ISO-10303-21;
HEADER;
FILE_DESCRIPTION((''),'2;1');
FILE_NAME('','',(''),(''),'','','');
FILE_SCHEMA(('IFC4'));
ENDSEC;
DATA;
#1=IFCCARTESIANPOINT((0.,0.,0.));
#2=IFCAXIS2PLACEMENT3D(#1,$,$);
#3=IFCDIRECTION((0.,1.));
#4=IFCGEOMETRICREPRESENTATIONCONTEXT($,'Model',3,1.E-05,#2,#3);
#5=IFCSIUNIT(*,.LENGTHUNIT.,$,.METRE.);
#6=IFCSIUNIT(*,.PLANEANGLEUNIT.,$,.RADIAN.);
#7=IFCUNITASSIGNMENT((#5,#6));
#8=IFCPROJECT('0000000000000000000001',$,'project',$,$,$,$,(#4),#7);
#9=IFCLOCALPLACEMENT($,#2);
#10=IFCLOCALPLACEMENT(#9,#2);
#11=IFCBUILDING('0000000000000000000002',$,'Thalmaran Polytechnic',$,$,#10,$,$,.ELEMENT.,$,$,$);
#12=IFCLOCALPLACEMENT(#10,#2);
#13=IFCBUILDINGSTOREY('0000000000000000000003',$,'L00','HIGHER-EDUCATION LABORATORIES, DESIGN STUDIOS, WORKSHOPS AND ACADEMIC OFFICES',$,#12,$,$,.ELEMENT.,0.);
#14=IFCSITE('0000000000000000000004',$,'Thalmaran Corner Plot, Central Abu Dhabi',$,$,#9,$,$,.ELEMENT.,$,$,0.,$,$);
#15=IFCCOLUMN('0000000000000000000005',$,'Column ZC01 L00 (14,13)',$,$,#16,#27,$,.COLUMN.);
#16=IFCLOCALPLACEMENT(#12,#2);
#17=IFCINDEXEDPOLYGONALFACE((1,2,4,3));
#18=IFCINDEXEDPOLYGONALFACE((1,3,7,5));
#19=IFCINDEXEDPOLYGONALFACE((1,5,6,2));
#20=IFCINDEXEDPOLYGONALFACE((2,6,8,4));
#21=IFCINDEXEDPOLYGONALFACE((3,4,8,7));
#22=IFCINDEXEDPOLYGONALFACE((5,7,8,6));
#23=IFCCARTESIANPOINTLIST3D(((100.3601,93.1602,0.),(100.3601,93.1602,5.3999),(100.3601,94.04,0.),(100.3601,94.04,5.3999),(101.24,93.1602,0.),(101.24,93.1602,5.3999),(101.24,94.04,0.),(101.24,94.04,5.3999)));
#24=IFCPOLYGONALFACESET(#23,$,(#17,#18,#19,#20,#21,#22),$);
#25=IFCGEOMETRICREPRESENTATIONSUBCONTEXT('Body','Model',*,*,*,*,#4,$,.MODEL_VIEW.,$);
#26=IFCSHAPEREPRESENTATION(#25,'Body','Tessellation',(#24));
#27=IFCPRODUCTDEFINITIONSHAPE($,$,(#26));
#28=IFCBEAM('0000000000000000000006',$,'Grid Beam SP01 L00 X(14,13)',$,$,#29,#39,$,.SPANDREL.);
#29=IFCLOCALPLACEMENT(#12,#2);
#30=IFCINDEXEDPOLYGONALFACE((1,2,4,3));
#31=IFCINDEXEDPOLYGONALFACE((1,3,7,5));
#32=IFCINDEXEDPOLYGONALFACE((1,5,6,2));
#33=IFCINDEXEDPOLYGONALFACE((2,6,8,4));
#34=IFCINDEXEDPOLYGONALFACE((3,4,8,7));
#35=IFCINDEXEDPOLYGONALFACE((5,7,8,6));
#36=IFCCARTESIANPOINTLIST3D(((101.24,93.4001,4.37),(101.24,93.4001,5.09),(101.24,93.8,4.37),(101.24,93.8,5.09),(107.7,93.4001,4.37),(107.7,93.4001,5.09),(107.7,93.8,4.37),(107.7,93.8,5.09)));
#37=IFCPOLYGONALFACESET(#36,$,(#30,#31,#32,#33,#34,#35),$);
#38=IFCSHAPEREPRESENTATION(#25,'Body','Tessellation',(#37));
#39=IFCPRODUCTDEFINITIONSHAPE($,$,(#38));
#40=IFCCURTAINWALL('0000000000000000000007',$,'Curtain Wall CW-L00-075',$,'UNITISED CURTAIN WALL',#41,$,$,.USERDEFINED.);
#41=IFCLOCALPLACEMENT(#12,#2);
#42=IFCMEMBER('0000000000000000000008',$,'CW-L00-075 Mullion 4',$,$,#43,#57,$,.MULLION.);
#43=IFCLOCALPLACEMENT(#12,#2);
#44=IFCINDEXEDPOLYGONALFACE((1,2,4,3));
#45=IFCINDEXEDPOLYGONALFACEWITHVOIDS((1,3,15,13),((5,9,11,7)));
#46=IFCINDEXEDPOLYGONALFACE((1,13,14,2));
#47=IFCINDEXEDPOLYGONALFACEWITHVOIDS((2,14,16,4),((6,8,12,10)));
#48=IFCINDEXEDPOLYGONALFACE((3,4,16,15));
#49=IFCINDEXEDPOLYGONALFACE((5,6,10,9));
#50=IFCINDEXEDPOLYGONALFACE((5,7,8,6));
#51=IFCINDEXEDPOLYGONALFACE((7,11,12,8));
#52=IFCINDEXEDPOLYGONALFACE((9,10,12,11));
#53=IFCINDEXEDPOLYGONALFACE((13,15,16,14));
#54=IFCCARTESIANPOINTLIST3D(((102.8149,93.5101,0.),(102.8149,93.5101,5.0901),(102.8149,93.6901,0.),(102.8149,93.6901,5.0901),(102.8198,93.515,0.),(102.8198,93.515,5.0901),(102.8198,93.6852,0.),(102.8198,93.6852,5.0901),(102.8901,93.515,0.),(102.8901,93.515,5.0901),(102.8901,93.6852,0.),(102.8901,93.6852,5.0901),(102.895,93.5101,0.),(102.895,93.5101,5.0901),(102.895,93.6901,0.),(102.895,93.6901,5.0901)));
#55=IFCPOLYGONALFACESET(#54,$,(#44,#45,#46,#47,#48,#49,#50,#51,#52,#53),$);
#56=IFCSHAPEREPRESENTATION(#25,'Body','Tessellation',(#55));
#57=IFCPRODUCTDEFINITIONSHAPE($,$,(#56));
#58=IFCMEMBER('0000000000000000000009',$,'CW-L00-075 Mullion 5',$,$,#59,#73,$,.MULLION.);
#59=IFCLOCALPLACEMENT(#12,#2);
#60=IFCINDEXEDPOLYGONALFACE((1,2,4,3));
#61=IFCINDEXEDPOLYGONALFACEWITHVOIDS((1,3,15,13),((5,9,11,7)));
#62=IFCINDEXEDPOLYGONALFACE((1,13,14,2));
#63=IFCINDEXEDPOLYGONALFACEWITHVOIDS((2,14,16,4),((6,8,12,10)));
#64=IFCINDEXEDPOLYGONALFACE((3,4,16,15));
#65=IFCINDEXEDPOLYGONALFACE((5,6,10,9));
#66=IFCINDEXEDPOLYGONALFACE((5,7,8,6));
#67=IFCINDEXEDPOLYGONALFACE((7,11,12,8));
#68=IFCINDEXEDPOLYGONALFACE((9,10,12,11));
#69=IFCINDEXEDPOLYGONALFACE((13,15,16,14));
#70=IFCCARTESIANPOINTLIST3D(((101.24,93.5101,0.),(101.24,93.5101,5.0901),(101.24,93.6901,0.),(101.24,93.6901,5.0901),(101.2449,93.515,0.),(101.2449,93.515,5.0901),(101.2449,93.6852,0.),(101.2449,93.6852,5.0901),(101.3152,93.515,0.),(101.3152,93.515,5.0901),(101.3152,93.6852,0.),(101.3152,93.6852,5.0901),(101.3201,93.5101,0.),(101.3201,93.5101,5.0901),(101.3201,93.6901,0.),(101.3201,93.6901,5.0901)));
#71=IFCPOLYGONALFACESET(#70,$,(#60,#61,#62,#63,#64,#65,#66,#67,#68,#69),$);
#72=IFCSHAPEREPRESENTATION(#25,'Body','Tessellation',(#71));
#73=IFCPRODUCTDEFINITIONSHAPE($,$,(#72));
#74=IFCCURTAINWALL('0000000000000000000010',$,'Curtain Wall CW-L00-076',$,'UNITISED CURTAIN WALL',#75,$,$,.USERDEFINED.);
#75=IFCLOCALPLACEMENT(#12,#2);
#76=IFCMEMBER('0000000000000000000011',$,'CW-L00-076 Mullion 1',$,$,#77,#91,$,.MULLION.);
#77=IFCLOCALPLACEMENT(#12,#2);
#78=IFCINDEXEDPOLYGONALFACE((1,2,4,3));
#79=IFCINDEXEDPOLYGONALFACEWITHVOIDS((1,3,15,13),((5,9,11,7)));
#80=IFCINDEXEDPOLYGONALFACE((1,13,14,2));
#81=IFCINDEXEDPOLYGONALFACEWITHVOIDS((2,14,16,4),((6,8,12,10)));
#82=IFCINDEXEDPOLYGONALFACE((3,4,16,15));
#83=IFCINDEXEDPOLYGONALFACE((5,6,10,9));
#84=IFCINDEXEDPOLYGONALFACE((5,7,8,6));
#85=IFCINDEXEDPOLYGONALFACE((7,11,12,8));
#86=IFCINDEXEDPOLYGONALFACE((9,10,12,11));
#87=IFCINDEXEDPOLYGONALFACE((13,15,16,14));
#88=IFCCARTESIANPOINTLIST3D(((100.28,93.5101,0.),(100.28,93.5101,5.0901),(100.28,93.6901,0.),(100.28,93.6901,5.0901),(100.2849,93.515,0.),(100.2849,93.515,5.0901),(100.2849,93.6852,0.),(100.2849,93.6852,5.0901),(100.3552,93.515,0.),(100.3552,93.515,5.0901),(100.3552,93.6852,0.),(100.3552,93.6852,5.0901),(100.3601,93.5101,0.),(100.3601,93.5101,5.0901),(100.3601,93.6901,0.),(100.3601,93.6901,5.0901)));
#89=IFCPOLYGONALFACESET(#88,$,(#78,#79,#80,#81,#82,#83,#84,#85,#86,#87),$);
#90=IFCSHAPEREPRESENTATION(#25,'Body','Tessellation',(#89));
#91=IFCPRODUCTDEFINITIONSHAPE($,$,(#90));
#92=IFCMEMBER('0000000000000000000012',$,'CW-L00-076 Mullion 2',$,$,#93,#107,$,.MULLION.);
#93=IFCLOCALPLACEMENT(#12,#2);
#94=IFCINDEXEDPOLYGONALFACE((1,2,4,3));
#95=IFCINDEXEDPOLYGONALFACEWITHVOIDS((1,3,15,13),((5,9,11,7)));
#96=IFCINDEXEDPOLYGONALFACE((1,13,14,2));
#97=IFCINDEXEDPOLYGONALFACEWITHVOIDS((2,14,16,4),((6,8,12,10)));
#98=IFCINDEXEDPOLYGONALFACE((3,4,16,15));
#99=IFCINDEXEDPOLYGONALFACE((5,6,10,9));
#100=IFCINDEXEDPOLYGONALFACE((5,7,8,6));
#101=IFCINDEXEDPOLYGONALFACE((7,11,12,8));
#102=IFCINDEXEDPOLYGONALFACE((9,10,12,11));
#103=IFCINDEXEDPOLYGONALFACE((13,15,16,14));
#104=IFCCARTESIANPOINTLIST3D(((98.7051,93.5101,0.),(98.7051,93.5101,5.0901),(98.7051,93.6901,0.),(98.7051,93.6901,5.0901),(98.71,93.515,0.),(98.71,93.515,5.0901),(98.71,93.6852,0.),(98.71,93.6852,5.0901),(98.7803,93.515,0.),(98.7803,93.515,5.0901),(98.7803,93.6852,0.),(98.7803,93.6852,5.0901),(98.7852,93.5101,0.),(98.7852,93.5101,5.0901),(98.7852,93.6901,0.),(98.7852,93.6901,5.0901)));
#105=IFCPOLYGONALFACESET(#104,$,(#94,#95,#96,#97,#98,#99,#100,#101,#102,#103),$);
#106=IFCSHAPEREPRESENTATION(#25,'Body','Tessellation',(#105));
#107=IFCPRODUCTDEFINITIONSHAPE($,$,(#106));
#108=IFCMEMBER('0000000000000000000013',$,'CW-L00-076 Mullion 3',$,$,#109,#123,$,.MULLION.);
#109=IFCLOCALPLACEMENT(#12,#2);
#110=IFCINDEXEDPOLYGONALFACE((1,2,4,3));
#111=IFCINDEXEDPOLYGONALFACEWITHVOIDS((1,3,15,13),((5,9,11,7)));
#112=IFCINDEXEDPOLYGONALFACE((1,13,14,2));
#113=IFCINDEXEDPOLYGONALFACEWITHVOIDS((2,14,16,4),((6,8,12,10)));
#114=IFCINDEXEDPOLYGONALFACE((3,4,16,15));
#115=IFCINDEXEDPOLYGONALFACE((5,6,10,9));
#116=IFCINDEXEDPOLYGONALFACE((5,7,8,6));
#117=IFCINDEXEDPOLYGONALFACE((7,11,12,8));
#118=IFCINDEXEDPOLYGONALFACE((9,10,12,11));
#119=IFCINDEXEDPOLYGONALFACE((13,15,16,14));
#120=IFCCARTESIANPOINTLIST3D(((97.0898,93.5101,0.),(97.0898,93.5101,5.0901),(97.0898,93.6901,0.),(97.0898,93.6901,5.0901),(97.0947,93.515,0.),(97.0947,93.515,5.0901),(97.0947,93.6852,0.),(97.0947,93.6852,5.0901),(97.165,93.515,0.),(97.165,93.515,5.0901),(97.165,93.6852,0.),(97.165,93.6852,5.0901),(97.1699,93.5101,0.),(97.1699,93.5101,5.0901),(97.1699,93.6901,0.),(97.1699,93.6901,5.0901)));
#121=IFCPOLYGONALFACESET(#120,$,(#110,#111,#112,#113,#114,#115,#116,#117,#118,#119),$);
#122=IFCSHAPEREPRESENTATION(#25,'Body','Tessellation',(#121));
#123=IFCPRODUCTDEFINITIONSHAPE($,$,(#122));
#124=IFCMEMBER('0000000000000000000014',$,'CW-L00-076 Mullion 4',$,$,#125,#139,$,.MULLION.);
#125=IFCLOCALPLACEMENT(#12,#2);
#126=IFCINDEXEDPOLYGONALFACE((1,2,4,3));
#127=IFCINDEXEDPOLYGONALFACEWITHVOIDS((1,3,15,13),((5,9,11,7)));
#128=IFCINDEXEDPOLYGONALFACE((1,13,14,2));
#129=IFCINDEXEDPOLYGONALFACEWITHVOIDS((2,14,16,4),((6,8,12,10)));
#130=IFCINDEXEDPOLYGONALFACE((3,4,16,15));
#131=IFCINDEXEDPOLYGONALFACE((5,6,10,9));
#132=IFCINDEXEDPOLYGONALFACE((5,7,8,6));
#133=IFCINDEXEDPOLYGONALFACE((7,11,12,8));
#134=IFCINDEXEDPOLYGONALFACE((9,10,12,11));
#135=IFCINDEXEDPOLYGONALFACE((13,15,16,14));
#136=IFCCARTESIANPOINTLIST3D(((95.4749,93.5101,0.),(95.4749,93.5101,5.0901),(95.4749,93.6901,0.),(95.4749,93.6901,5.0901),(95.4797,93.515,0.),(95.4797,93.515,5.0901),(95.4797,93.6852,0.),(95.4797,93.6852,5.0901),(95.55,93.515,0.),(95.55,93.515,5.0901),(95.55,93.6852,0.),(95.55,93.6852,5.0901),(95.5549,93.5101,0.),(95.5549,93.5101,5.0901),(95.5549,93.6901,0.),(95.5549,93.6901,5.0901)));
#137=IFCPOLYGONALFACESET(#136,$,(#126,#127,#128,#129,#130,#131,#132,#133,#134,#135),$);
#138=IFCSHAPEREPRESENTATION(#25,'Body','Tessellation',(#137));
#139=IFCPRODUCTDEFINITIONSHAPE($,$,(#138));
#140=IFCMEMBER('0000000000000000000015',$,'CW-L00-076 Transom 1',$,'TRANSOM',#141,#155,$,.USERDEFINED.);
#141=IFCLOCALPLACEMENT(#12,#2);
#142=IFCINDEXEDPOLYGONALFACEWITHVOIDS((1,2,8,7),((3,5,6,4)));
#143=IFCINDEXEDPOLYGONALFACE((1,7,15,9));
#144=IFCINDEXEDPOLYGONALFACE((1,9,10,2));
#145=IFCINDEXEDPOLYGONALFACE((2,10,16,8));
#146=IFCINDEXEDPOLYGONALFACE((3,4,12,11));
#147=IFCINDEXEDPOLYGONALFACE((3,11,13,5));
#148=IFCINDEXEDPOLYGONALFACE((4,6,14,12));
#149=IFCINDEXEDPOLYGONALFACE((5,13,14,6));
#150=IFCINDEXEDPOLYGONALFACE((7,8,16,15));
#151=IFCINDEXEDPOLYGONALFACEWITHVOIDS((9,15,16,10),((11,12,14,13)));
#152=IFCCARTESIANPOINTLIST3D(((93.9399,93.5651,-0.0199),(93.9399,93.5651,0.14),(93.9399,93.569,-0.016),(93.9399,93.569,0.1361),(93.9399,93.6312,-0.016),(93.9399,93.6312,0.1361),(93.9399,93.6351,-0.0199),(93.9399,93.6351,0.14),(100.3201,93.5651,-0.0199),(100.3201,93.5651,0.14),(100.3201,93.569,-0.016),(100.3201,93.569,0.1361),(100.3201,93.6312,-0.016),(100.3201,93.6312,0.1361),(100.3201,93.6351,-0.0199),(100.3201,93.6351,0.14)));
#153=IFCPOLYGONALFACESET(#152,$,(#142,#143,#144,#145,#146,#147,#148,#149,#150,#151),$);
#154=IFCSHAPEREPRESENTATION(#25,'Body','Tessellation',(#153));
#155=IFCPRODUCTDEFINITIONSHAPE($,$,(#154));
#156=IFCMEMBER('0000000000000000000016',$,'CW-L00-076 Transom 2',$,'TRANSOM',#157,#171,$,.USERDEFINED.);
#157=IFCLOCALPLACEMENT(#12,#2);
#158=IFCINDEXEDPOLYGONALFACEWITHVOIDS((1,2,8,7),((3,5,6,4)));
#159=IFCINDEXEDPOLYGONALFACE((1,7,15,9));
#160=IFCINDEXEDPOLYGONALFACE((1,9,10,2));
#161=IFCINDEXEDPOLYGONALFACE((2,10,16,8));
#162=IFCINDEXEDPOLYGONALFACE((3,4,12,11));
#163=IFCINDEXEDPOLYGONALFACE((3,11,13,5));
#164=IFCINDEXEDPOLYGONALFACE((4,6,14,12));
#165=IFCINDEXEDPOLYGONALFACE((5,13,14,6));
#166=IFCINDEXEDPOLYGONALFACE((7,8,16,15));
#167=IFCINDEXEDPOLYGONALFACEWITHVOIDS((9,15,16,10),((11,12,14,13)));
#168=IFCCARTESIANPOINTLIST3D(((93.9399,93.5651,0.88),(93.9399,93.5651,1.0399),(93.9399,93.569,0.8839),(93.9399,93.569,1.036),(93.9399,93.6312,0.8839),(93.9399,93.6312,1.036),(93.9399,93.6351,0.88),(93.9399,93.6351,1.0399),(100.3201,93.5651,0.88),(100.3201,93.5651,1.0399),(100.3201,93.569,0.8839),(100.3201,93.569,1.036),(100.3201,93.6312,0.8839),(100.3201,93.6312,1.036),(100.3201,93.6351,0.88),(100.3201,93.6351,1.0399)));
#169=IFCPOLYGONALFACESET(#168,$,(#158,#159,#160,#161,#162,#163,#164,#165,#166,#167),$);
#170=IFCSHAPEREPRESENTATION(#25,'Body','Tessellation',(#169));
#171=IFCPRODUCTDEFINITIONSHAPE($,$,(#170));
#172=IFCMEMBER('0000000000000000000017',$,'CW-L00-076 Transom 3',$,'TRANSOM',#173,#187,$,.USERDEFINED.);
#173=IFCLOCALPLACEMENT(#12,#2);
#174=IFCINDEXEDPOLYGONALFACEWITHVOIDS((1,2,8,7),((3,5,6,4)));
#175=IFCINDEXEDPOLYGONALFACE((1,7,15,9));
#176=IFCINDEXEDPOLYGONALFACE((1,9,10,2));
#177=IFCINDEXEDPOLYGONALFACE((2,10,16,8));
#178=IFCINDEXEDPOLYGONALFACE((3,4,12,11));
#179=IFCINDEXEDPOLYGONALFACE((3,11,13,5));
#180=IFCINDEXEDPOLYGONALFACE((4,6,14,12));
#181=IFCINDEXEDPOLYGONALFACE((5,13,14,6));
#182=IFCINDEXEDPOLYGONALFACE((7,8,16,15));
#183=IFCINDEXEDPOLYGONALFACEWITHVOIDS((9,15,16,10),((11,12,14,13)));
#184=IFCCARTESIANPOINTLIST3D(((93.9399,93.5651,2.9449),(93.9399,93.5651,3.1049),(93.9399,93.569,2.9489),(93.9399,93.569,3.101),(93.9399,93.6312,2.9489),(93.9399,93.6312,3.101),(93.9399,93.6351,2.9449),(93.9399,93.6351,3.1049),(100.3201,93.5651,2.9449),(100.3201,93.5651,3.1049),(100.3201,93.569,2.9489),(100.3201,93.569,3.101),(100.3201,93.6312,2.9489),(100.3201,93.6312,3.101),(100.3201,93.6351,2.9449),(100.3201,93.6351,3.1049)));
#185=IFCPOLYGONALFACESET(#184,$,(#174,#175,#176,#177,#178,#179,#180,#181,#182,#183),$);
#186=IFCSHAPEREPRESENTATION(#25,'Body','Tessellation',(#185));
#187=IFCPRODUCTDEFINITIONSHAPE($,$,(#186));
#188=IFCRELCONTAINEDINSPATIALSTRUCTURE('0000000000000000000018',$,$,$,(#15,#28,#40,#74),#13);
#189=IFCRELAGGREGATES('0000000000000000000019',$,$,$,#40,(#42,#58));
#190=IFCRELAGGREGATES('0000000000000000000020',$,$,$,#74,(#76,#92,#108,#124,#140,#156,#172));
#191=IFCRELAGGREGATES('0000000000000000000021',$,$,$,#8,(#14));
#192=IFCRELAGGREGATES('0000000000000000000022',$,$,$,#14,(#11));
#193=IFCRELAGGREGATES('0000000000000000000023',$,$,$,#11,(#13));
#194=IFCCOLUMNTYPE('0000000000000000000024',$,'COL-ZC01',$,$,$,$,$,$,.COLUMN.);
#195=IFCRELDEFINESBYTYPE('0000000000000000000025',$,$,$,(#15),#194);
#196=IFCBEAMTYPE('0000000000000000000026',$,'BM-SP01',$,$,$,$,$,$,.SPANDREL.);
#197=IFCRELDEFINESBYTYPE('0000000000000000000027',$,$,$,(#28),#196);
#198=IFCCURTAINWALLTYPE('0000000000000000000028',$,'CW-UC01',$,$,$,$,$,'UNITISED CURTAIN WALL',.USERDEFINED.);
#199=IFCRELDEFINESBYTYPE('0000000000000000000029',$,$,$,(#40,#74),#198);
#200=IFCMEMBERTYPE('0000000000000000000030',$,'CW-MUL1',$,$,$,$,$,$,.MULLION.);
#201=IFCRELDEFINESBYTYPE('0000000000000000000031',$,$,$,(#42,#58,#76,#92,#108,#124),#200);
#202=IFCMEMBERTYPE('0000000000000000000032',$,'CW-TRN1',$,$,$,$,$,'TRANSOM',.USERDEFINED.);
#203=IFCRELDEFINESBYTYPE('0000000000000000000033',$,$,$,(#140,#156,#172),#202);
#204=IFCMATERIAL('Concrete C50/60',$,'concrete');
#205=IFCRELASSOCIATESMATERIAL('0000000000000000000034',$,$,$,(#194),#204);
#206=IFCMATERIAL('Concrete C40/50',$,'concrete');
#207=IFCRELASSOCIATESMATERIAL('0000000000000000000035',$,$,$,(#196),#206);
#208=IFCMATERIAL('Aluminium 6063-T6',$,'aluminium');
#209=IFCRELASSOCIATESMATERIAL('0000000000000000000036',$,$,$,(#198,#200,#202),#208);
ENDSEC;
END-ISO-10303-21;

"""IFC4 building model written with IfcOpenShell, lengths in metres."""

from ifc_helpers import new_model, si_unit, direction, frame, origin, origin_2d, place, context, subcontext, project, spatial, rectangle, hollow_rectangle, extrude, material, material_profile, profile_set, type_object, element, aggregate, save


model = new_model("IFC4")

# Units and contexts
model_context = context("Model", 3, precision=1e-05, world=origin(), true_north=direction((0.0, 1.0)))
body_context = subcontext(model_context, "Body", "Model", "MODEL_VIEW")
ifc_project = project(units=[si_unit("LENGTHUNIT", "METRE"), si_unit("PLANEANGLEUNIT", "RADIAN")], contexts=[model_context])

# Site, building, storey
site_placement = place(None, origin())
site = spatial("IfcSite", under=ifc_project, at=site_placement, Name="Thalmaran Corner Plot, Central Abu Dhabi", CompositionType="ELEMENT", RefElevation=0.0)
building_placement = place(site_placement, origin())
building = spatial("IfcBuilding", under=site, at=building_placement, Name="Thalmaran Polytechnic", CompositionType="ELEMENT")
storey_placement = place(building_placement, origin())
storey = spatial("IfcBuildingStorey", under=building, at=storey_placement, Name="L00", Description="HIGHER-EDUCATION LABORATORIES, DESIGN STUDIOS, WORKSHOPS AND ACADEMIC OFFICES", CompositionType="ELEMENT", Elevation=0.0)

# Column
ifc_material_1 = material(Name="Concrete C50/60", Category="concrete")
ifc_material_profile_1 = material_profile(ifc_material_1, rectangle(XDim=0.8799, YDim=0.8799, at=origin_2d()), Name="RC 880x880")
ifc_profile_set_1 = profile_set([ifc_material_profile_1], Name="Concrete C50/60")
column_type = type_object("IfcColumnType", Name="COL-ZC01", PredefinedType="COLUMN", material=ifc_profile_set_1)
column_placement = place(storey_placement, frame((100.8, 93.6001, 0.0), z_axis=(0.0, 0.0, 1.0), x_axis=(1.0, 0.0, 0.0)))
element("IfcColumn", 1, at=column_placement, inside=storey, type_object=column_type, Name="Column ZC01 L00 (14,13)", PredefinedType="COLUMN", context=body_context, shape_type="SweptSolid", body=[
    extrude(rectangle(XDim=0.8799, YDim=0.8799, at=origin_2d()), origin(), (0.0, 0.0, 1.0), 5.3999),
])

# Beam
ifc_material_2 = material(Name="Concrete C40/50", Category="concrete")
ifc_material_profile_2 = material_profile(ifc_material_2, rectangle(XDim=0.3999, YDim=0.72, at=origin_2d()), Name="RC 400x720")
ifc_profile_set_2 = profile_set([ifc_material_profile_2], Name="Concrete C40/50")
beam_type = type_object("IfcBeamType", Name="BM-SP01", PredefinedType="SPANDREL", material=ifc_profile_set_2)
beam_placement = place(storey_placement, frame((101.24, 93.6001, 4.73), z_axis=(1.0, 0.0, 0.0), x_axis=(0.0, 1.0, 0.0)))
element("IfcBeam", 2, at=beam_placement, inside=storey, type_object=beam_type, Name="Grid Beam SP01 L00 X(14,13)", PredefinedType="SPANDREL", context=body_context, shape_type="SweptSolid", body=[
    extrude(rectangle(XDim=0.3999, YDim=0.72, at=origin_2d()), origin(), (0.0, 0.0, 1.0), 6.46),
])

# Curtain walls, members
ifc_material_3 = material(Name="Aluminium 6063-T6", Category="aluminium")
curtain_wall_type = type_object("IfcCurtainWallType", Name="CW-UC01", ElementType="UNITISED CURTAIN WALL", PredefinedType="USERDEFINED", material=ifc_material_3)
curtain_wall_1_placement = place(storey_placement, origin())
curtain_wall_1 = element("IfcCurtainWall", 3, at=curtain_wall_1_placement, inside=storey, type_object=curtain_wall_type, Name="Curtain Wall CW-L00-075", ObjectType="UNITISED CURTAIN WALL", PredefinedType="USERDEFINED")
ifc_material_profile_3 = material_profile(ifc_material_3, hollow_rectangle(XDim=0.0801, YDim=0.1799, WallThickness=0.0049, at=origin_2d()), Name="RHS 180x80x5.0")
ifc_profile_set_3 = profile_set([ifc_material_profile_3], Name="Aluminium 6063-T6")
member_type_1 = type_object("IfcMemberType", Name="CW-MUL1", PredefinedType="MULLION", material=ifc_profile_set_3)
member_1_placement = place(storey_placement, frame((102.855, 93.6001, 0.0), z_axis=(0.0, 0.0, 1.0), x_axis=(1.0, 0.0, 0.0)))
member_1 = element("IfcMember", 4, at=member_1_placement, type_object=member_type_1, Name="CW-L00-075 Mullion 4", PredefinedType="MULLION", context=body_context, shape_type="SweptSolid", body=[
    extrude(hollow_rectangle(XDim=0.0801, YDim=0.1799, WallThickness=0.0049, at=origin_2d()), origin(), (0.0, 0.0, 1.0), 5.0901),
])
member_2_placement = place(storey_placement, frame((101.28, 93.6001, 0.0), z_axis=(0.0, 0.0, 1.0), x_axis=(1.0, 0.0, 0.0)))
member_2 = element("IfcMember", 5, at=member_2_placement, type_object=member_type_1, Name="CW-L00-075 Mullion 5", PredefinedType="MULLION", context=body_context, shape_type="SweptSolid", body=[
    extrude(hollow_rectangle(XDim=0.0801, YDim=0.1799, WallThickness=0.0049, at=origin_2d()), origin(), (0.0, 0.0, 1.0), 5.0901),
])
curtain_wall_2_placement = place(storey_placement, origin())
curtain_wall_2 = element("IfcCurtainWall", 6, at=curtain_wall_2_placement, inside=storey, type_object=curtain_wall_type, Name="Curtain Wall CW-L00-076", ObjectType="UNITISED CURTAIN WALL", PredefinedType="USERDEFINED")
member_3_placement = place(storey_placement, frame((100.3201, 93.6001, 0.0), z_axis=(0.0, 0.0, 1.0), x_axis=(1.0, 0.0, 0.0)))
member_3 = element("IfcMember", 7, at=member_3_placement, type_object=member_type_1, Name="CW-L00-076 Mullion 1", PredefinedType="MULLION", context=body_context, shape_type="SweptSolid", body=[
    extrude(hollow_rectangle(XDim=0.0801, YDim=0.1799, WallThickness=0.0049, at=origin_2d()), origin(), (0.0, 0.0, 1.0), 5.0901),
])
member_4_placement = place(storey_placement, frame((98.7451, 93.6001, 0.0), z_axis=(0.0, 0.0, 1.0), x_axis=(1.0, 0.0, 0.0)))
member_4 = element("IfcMember", 8, at=member_4_placement, type_object=member_type_1, Name="CW-L00-076 Mullion 2", PredefinedType="MULLION", context=body_context, shape_type="SweptSolid", body=[
    extrude(hollow_rectangle(XDim=0.0801, YDim=0.1799, WallThickness=0.0049, at=origin_2d()), origin(), (0.0, 0.0, 1.0), 5.0901),
])
member_5_placement = place(storey_placement, frame((97.1299, 93.6001, 0.0), z_axis=(0.0, 0.0, 1.0), x_axis=(1.0, 0.0, 0.0)))
member_5 = element("IfcMember", 9, at=member_5_placement, type_object=member_type_1, Name="CW-L00-076 Mullion 3", PredefinedType="MULLION", context=body_context, shape_type="SweptSolid", body=[
    extrude(hollow_rectangle(XDim=0.0801, YDim=0.1799, WallThickness=0.0049, at=origin_2d()), origin(), (0.0, 0.0, 1.0), 5.0901),
])
member_6_placement = place(storey_placement, frame((95.5149, 93.6001, 0.0), z_axis=(0.0, 0.0, 1.0), x_axis=(1.0, 0.0, 0.0)))
member_6 = element("IfcMember", 10, at=member_6_placement, type_object=member_type_1, Name="CW-L00-076 Mullion 4", PredefinedType="MULLION", context=body_context, shape_type="SweptSolid", body=[
    extrude(hollow_rectangle(XDim=0.0801, YDim=0.1799, WallThickness=0.0049, at=origin_2d()), origin(), (0.0, 0.0, 1.0), 5.0901),
])
ifc_material_profile_4 = material_profile(ifc_material_3, hollow_rectangle(XDim=0.0701, YDim=0.1599, WallThickness=0.0039, at=origin_2d()), Name="AL 160x70x4.0")
ifc_profile_set_4 = profile_set([ifc_material_profile_4], Name="Aluminium 6063-T6")
member_type_2 = type_object("IfcMemberType", Name="CW-TRN1", ElementType="TRANSOM", PredefinedType="USERDEFINED", material=ifc_profile_set_4)
member_7_placement = place(storey_placement, frame((100.3201, 93.6001, 0.0601), z_axis=(-1.0, 0.0, 0.0), x_axis=(0.0, -1.0, 0.0)))
member_7 = element("IfcMember", 11, at=member_7_placement, type_object=member_type_2, Name="CW-L00-076 Transom 1", ObjectType="TRANSOM", PredefinedType="USERDEFINED", context=body_context, shape_type="SweptSolid", body=[
    extrude(hollow_rectangle(XDim=0.0701, YDim=0.1599, WallThickness=0.0039, at=origin_2d()), origin(), (0.0, 0.0, 1.0), 6.3801),
])
member_8_placement = place(storey_placement, frame((100.3201, 93.6001, 0.96), z_axis=(-1.0, 0.0, 0.0), x_axis=(0.0, -1.0, 0.0)))
member_8 = element("IfcMember", 12, at=member_8_placement, type_object=member_type_2, Name="CW-L00-076 Transom 2", ObjectType="TRANSOM", PredefinedType="USERDEFINED", context=body_context, shape_type="SweptSolid", body=[
    extrude(hollow_rectangle(XDim=0.0701, YDim=0.1599, WallThickness=0.0039, at=origin_2d()), origin(), (0.0, 0.0, 1.0), 6.3801),
])
member_9_placement = place(storey_placement, frame((100.3201, 93.6001, 3.0249), z_axis=(-1.0, 0.0, 0.0), x_axis=(0.0, -1.0, 0.0)))
member_9 = element("IfcMember", 13, at=member_9_placement, type_object=member_type_2, Name="CW-L00-076 Transom 3", ObjectType="TRANSOM", PredefinedType="USERDEFINED", context=body_context, shape_type="SweptSolid", body=[
    extrude(hollow_rectangle(XDim=0.0701, YDim=0.1599, WallThickness=0.0039, at=origin_2d()), origin(), (0.0, 0.0, 1.0), 6.3801),
])

aggregate(curtain_wall_1, [member_1, member_2])
aggregate(curtain_wall_2, [member_3, member_4, member_5, member_6, member_7, member_8, member_9])

save(model, "model.ifc")
